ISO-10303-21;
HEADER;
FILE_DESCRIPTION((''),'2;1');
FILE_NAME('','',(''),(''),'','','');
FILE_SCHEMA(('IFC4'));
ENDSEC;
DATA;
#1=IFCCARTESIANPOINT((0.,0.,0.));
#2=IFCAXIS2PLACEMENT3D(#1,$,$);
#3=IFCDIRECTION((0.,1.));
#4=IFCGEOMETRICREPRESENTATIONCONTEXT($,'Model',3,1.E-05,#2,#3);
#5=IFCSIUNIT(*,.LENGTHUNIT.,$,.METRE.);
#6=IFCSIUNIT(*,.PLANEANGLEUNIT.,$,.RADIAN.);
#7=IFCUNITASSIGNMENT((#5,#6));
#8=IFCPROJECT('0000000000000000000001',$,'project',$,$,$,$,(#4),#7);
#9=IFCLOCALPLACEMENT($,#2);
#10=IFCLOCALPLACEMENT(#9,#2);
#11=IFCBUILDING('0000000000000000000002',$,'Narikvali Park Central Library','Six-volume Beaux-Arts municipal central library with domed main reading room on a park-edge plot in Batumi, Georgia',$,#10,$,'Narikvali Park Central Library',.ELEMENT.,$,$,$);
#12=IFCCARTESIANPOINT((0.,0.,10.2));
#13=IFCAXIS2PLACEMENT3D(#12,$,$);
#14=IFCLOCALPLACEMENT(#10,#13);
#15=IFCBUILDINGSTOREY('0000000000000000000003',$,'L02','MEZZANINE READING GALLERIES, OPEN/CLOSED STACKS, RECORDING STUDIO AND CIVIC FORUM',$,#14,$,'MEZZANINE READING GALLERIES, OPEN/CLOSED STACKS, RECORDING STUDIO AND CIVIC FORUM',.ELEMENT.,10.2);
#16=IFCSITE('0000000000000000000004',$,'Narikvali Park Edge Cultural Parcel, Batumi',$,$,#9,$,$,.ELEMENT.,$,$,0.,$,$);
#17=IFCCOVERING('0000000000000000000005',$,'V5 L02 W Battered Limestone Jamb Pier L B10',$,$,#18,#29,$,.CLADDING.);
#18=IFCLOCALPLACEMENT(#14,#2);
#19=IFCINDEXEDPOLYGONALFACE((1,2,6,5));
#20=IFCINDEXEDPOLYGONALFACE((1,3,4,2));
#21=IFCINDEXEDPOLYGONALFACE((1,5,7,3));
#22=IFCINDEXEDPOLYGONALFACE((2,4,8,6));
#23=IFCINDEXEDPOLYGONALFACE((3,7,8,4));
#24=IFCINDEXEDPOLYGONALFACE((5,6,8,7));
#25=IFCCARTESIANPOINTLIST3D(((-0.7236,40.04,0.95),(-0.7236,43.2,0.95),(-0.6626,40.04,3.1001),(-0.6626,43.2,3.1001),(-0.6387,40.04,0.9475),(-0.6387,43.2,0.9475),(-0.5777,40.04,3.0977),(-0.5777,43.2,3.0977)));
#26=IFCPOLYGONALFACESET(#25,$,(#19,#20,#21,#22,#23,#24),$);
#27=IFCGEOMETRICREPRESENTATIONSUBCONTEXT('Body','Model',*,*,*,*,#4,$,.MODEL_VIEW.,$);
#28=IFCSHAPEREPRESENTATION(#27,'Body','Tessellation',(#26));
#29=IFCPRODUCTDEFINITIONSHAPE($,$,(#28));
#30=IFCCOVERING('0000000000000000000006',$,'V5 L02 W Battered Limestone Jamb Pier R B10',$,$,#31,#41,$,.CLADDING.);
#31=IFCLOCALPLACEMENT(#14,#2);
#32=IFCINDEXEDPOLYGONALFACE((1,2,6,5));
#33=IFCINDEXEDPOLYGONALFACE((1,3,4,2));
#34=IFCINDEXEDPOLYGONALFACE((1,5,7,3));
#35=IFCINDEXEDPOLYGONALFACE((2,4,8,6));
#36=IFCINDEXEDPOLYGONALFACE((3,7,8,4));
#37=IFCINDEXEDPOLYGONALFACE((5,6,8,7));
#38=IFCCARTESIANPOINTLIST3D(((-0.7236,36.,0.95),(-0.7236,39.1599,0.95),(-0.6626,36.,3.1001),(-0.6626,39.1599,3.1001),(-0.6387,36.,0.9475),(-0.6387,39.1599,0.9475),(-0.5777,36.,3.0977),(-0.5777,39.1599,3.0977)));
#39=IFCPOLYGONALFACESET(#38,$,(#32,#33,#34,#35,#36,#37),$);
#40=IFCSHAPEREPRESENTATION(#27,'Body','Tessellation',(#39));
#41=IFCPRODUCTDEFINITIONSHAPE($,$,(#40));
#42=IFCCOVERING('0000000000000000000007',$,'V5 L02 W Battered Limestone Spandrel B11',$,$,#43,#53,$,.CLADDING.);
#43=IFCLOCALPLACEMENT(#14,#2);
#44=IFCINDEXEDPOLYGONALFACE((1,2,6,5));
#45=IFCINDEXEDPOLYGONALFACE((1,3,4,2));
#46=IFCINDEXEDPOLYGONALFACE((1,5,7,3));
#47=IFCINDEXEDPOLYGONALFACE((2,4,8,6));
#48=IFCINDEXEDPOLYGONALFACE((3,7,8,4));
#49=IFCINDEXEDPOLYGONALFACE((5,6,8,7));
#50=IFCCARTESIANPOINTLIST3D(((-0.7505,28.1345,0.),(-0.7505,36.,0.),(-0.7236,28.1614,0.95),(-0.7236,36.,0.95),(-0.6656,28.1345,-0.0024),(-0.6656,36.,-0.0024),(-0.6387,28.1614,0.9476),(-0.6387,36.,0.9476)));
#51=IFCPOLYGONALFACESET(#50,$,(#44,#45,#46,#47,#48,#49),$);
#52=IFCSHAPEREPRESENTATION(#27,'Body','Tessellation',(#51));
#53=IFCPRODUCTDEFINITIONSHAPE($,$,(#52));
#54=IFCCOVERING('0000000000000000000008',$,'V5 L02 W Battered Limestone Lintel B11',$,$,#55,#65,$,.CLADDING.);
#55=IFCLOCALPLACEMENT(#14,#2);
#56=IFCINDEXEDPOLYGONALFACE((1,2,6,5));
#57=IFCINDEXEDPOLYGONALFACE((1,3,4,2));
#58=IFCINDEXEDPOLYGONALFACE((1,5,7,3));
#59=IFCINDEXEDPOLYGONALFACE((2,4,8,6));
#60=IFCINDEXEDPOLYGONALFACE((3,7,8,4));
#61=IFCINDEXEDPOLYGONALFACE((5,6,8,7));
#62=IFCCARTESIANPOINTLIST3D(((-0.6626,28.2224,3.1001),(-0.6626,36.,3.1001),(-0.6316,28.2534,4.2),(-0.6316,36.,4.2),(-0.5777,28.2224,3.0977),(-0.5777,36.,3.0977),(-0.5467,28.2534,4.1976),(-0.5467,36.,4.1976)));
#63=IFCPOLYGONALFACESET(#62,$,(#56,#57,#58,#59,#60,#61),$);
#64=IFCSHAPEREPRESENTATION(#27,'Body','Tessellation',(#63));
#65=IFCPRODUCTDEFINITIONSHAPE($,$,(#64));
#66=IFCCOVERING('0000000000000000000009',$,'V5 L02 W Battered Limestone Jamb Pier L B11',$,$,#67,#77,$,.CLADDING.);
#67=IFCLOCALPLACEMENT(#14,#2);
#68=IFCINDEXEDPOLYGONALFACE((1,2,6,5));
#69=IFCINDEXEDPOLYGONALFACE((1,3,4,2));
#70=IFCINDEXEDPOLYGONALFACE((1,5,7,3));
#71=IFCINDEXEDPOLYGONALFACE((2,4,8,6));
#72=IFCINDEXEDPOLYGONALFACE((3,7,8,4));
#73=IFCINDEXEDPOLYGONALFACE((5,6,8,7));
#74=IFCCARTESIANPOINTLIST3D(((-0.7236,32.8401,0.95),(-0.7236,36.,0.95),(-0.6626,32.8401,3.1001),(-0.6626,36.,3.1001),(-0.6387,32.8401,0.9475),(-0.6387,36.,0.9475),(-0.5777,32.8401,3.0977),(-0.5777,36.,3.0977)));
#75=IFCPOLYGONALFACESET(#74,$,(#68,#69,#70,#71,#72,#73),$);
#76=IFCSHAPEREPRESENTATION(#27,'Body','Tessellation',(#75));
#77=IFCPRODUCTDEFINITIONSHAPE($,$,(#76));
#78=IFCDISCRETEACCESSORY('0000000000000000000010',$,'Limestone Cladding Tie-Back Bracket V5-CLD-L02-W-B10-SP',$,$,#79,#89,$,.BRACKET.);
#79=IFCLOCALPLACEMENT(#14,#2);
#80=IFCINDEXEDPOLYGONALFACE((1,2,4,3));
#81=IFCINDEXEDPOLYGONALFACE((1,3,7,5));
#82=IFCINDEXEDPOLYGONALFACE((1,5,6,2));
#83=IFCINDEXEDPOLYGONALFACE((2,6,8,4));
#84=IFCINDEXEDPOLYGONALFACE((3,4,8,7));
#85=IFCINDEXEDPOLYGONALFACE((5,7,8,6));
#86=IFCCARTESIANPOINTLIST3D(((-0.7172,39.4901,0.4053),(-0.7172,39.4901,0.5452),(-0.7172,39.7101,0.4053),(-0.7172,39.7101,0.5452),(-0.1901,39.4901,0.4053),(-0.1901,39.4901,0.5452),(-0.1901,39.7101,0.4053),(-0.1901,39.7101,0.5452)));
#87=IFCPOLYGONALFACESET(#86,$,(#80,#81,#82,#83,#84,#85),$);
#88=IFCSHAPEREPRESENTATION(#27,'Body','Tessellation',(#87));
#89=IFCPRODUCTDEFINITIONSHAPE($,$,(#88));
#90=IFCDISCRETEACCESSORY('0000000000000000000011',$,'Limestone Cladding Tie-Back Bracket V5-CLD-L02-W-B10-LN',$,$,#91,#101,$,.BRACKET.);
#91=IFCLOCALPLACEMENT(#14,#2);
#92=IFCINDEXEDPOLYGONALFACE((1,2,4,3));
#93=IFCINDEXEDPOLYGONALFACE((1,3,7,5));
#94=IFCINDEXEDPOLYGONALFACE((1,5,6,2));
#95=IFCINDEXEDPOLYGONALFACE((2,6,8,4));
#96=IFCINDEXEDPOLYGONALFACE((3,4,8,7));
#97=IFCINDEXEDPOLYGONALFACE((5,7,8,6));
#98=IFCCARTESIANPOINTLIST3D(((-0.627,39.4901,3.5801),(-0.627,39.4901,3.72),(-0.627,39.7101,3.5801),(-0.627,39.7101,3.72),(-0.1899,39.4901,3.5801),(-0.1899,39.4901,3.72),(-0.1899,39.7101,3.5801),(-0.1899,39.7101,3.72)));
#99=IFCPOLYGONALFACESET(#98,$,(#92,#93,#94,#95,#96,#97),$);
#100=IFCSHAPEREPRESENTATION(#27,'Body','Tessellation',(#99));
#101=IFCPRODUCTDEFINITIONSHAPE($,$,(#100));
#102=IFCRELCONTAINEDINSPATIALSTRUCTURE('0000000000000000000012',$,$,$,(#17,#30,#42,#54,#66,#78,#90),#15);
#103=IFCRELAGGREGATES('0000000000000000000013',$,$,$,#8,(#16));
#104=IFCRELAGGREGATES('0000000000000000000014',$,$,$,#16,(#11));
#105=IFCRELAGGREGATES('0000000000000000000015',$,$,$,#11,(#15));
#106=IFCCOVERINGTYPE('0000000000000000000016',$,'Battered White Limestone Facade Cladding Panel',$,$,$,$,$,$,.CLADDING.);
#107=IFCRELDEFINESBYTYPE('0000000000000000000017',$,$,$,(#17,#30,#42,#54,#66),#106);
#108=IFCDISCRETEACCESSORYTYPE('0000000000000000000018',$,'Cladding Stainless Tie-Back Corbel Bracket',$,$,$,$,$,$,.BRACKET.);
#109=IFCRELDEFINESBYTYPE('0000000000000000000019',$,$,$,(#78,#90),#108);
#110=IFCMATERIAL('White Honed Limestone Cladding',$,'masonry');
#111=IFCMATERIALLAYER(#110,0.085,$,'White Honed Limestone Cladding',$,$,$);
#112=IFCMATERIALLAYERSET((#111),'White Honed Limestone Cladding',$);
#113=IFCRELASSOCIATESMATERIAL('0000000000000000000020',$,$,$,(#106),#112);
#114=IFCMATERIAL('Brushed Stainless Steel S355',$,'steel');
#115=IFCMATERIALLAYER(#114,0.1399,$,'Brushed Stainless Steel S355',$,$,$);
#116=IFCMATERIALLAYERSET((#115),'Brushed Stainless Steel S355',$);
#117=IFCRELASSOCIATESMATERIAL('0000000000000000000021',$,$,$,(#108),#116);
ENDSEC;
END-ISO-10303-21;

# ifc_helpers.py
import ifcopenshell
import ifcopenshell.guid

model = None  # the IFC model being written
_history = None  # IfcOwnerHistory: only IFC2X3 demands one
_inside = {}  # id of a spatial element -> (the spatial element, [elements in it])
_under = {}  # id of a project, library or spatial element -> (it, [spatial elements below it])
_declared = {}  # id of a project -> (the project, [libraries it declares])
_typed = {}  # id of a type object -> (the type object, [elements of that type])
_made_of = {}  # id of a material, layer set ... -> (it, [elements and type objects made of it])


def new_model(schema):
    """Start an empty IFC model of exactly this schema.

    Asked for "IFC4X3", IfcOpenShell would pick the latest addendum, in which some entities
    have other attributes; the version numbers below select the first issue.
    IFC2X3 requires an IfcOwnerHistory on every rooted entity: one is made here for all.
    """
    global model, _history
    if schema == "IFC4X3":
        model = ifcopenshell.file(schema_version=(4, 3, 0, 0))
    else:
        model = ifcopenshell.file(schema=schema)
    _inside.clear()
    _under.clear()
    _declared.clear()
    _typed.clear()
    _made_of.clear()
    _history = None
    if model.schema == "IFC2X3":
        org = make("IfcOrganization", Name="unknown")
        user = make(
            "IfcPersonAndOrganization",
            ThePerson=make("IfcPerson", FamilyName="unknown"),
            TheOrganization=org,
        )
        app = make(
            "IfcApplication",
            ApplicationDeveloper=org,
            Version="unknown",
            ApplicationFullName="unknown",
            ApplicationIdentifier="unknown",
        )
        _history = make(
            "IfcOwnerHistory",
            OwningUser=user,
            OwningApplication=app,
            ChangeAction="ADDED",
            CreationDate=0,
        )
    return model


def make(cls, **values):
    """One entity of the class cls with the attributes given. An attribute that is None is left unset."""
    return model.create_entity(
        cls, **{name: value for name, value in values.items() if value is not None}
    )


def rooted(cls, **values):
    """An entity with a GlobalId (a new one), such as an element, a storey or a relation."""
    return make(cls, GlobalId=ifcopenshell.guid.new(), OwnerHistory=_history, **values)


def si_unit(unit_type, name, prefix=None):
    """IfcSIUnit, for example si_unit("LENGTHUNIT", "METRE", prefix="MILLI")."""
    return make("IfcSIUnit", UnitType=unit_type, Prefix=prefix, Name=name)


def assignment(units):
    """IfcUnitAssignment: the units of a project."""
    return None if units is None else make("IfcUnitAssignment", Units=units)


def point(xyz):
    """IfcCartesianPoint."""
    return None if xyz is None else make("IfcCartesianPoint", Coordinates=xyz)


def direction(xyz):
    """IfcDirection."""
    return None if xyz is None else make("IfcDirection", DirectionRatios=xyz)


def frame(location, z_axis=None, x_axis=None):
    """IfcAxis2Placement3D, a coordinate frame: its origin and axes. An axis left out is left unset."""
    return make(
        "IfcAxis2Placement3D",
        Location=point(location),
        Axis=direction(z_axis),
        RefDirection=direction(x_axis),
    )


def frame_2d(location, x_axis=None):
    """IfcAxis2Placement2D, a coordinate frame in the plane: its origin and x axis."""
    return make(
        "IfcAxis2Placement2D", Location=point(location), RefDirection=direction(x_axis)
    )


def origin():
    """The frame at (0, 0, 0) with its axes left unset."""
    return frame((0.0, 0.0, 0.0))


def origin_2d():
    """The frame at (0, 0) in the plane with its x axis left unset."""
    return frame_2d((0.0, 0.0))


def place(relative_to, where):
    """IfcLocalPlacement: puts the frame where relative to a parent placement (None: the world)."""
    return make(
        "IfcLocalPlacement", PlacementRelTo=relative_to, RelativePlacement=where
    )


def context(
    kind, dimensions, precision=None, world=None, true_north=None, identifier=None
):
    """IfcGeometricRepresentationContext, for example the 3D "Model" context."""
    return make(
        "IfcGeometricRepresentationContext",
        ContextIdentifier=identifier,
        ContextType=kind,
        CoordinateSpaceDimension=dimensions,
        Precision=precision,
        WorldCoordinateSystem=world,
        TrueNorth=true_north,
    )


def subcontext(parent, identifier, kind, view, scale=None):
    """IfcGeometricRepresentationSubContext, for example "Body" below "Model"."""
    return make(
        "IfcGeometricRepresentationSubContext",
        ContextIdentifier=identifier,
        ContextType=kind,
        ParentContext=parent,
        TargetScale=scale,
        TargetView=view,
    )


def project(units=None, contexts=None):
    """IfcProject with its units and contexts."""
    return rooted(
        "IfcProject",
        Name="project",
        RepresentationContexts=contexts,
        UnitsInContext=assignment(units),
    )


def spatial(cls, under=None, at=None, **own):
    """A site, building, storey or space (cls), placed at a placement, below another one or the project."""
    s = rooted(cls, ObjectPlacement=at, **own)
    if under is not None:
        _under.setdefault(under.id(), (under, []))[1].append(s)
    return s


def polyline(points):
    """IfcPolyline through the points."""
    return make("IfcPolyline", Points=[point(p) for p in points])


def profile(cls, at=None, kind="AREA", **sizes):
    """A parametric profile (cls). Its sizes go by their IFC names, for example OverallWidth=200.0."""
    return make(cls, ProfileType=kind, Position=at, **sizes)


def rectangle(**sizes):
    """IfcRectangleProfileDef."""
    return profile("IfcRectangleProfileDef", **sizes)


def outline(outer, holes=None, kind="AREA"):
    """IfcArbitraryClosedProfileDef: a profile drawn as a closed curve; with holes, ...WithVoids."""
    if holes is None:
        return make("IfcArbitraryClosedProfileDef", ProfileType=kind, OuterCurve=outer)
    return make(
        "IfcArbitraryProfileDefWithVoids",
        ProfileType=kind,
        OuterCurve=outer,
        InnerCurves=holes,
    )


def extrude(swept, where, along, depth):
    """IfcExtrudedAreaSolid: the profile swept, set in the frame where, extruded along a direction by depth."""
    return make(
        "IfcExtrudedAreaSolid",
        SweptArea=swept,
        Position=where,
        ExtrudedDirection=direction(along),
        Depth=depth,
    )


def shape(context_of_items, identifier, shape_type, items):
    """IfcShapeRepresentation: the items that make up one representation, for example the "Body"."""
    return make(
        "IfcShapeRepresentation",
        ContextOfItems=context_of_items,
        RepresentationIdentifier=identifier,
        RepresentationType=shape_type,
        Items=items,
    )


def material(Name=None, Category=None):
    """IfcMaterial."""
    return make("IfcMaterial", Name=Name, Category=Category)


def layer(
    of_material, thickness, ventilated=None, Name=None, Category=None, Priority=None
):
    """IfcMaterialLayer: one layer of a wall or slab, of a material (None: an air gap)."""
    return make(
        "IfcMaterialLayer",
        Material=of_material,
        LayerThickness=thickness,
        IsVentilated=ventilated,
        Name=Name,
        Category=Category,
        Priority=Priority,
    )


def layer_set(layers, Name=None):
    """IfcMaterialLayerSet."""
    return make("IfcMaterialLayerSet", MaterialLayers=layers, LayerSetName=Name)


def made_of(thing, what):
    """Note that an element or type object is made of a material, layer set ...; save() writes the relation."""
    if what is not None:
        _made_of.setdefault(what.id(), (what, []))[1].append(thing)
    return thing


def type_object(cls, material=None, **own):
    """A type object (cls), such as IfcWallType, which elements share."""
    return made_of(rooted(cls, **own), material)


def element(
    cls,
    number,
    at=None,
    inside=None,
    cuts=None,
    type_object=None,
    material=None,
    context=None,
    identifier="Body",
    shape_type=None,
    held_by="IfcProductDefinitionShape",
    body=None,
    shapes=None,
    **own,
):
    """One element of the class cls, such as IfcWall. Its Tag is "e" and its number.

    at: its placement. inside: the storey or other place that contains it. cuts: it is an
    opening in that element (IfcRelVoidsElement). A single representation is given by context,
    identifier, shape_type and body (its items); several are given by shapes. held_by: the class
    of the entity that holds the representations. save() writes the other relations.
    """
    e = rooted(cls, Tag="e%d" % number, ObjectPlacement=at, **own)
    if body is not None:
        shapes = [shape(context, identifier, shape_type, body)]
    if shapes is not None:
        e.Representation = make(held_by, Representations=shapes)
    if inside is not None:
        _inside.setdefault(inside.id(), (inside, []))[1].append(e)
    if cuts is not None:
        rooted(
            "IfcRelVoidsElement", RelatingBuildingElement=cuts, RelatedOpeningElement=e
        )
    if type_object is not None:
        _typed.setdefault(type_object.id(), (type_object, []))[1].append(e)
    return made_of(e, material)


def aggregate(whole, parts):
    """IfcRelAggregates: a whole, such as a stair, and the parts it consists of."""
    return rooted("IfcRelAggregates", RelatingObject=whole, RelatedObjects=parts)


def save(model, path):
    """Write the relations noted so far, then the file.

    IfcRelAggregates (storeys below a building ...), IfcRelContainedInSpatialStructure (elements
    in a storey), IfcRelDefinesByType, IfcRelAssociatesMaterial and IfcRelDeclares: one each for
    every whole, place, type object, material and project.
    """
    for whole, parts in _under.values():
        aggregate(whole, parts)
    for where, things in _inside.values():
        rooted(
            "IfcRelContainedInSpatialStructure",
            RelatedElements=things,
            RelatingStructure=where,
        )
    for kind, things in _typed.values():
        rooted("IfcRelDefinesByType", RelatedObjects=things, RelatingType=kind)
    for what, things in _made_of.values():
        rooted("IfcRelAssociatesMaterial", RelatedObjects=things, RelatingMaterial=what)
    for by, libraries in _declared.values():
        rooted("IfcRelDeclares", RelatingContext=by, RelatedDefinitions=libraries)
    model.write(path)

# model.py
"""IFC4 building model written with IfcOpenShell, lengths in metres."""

from ifc_helpers import new_model, si_unit, direction, frame, origin, origin_2d, place, context, subcontext, project, spatial, polyline, rectangle, outline, extrude, material, layer, layer_set, type_object, element, save


model = new_model("IFC4")

# Units and contexts
model_context = context("Model", 3, precision=1e-05, world=origin(), true_north=direction((0.0, 1.0)))
body_context = subcontext(model_context, "Body", "Model", "MODEL_VIEW")
ifc_project = project(units=[si_unit("LENGTHUNIT", "METRE"), si_unit("PLANEANGLEUNIT", "RADIAN")], contexts=[model_context])

# Site, building, storey
site_placement = place(None, origin())
site = spatial("IfcSite", under=ifc_project, at=site_placement, Name="Narikvali Park Edge Cultural Parcel, Batumi", CompositionType="ELEMENT", RefElevation=0.0)
building_placement = place(site_placement, origin())
building = spatial("IfcBuilding", under=site, at=building_placement, Name="Narikvali Park Central Library", Description="Six-volume Beaux-Arts municipal central library with domed main reading room on a park-edge plot in Batumi, Georgia", LongName="Narikvali Park Central Library", CompositionType="ELEMENT")
storey_placement = place(building_placement, frame((0.0, 0.0, 10.2)))
storey = spatial("IfcBuildingStorey", under=building, at=storey_placement, Name="L02", Description="MEZZANINE READING GALLERIES, OPEN/CLOSED STACKS, RECORDING STUDIO AND CIVIC FORUM", LongName="MEZZANINE READING GALLERIES, OPEN/CLOSED STACKS, RECORDING STUDIO AND CIVIC FORUM", CompositionType="ELEMENT", Elevation=10.2)

# Coverings
ifc_material_1 = material(Name="White Honed Limestone Cladding", Category="masonry")
ifc_layer_1 = layer(ifc_material_1, 0.085, Name="White Honed Limestone Cladding")
ifc_layer_set_1 = layer_set([ifc_layer_1], Name="White Honed Limestone Cladding")
covering_type = type_object("IfcCoveringType", Name="Battered White Limestone Facade Cladding Panel", PredefinedType="CLADDING", material=ifc_layer_set_1)
for number, where, z_axis, x_axis, name in (
    (1, (-0.7236, 43.2, 0.95), (-0.999597, 0.0, 0.028375), (0.0, -1.0, 0.0), "V5 L02 W Battered Limestone Jamb Pier L B10"),
    (2, (-0.7236, 39.1599, 0.95), (-0.999597, 0.0, 0.028375), (0.0, -1.0, 0.0), "V5 L02 W Battered Limestone Jamb Pier R B10"),
):
    element("IfcCovering", number, at=place(storey_placement, frame(where, z_axis=z_axis, x_axis=x_axis)), inside=storey, type_object=covering_type, Name=name, PredefinedType="CLADDING", context=body_context, shape_type="SweptSolid", body=[
        extrude(outline(polyline([(0.0, 0.0), (3.1599, 0.0), (3.1599, 2.151), (0.0, 2.151), (0.0, 0.0)])), origin(), (0.0, 0.0, -1.0), 0.085),
    ])
covering_1_placement = place(storey_placement, frame((-0.7505, 36.0, 0.0), z_axis=(-0.999601, 0.0, 0.028259), x_axis=(0.0, -1.0, 0.0)))
element("IfcCovering", 3, at=covering_1_placement, inside=storey, type_object=covering_type, Name="V5 L02 W Battered Limestone Spandrel B11", PredefinedType="CLADDING", context=body_context, shape_type="SweptSolid", body=[
    extrude(outline(polyline([(0.0, 0.0), (7.8655, 0.0), (7.8386, 0.9503), (0.0, 0.9503), (0.0, 0.0)])), origin(), (0.0, 0.0, -1.0), 0.085),
])
covering_2_placement = place(storey_placement, frame((-0.6626, 36.0, 3.1001), z_axis=(-0.999603, 0.0, 0.02818), x_axis=(0.0, -1.0, 0.0)))
element("IfcCovering", 4, at=covering_2_placement, inside=storey, type_object=covering_type, Name="V5 L02 W Battered Limestone Lintel B11", PredefinedType="CLADDING", context=body_context, shape_type="SweptSolid", body=[
    extrude(outline(polyline([(0.0, 0.0), (7.7776, 0.0), (7.7466, 1.1003), (0.0, 1.1003), (0.0, 0.0)])), origin(), (0.0, 0.0, -1.0), 0.085),
])
covering_3_placement = place(storey_placement, frame((-0.7236, 36.0, 0.95), z_axis=(-0.999597, 0.0, 0.028375), x_axis=(0.0, -1.0, 0.0)))
element("IfcCovering", 5, at=covering_3_placement, inside=storey, type_object=covering_type, Name="V5 L02 W Battered Limestone Jamb Pier L B11", PredefinedType="CLADDING", context=body_context, shape_type="SweptSolid", body=[
    extrude(outline(polyline([(0.0, 0.0), (3.1599, 0.0), (3.1599, 2.151), (0.0, 2.151), (0.0, 0.0)])), origin(), (0.0, 0.0, -1.0), 0.085),
])

# Discrete accessories
ifc_material_2 = material(Name="Brushed Stainless Steel S355", Category="steel")
ifc_layer_2 = layer(ifc_material_2, 0.1399, Name="Brushed Stainless Steel S355")
ifc_layer_set_2 = layer_set([ifc_layer_2], Name="Brushed Stainless Steel S355")
discrete_accessory_type = type_object("IfcDiscreteAccessoryType", Name="Cladding Stainless Tie-Back Corbel Bracket", PredefinedType="BRACKET", material=ifc_layer_set_2)
discrete_accessory_1_placement = place(storey_placement, frame((-0.4536, 39.6001, 0.4053), z_axis=(0.0, 0.0, 1.0), x_axis=(1.0, 0.0, 0.0)))
element("IfcDiscreteAccessory", 6, at=discrete_accessory_1_placement, inside=storey, type_object=discrete_accessory_type, Name="Limestone Cladding Tie-Back Bracket V5-CLD-L02-W-B10-SP", PredefinedType="BRACKET", context=body_context, shape_type="SweptSolid", body=[
    extrude(rectangle(XDim=0.5271, YDim=0.22, at=origin_2d()), origin(), (0.0, 0.0, 1.0), 0.1399),
])
discrete_accessory_2_placement = place(storey_placement, frame((-0.4084, 39.6001, 3.5801), z_axis=(0.0, 0.0, 1.0), x_axis=(1.0, 0.0, 0.0)))
element("IfcDiscreteAccessory", 7, at=discrete_accessory_2_placement, inside=storey, type_object=discrete_accessory_type, Name="Limestone Cladding Tie-Back Bracket V5-CLD-L02-W-B10-LN", PredefinedType="BRACKET", context=body_context, shape_type="SweptSolid", body=[
    extrude(rectangle(XDim=0.437, YDim=0.22, at=origin_2d()), origin(), (0.0, 0.0, 1.0), 0.1399),
])

save(model, "model.ifc")
